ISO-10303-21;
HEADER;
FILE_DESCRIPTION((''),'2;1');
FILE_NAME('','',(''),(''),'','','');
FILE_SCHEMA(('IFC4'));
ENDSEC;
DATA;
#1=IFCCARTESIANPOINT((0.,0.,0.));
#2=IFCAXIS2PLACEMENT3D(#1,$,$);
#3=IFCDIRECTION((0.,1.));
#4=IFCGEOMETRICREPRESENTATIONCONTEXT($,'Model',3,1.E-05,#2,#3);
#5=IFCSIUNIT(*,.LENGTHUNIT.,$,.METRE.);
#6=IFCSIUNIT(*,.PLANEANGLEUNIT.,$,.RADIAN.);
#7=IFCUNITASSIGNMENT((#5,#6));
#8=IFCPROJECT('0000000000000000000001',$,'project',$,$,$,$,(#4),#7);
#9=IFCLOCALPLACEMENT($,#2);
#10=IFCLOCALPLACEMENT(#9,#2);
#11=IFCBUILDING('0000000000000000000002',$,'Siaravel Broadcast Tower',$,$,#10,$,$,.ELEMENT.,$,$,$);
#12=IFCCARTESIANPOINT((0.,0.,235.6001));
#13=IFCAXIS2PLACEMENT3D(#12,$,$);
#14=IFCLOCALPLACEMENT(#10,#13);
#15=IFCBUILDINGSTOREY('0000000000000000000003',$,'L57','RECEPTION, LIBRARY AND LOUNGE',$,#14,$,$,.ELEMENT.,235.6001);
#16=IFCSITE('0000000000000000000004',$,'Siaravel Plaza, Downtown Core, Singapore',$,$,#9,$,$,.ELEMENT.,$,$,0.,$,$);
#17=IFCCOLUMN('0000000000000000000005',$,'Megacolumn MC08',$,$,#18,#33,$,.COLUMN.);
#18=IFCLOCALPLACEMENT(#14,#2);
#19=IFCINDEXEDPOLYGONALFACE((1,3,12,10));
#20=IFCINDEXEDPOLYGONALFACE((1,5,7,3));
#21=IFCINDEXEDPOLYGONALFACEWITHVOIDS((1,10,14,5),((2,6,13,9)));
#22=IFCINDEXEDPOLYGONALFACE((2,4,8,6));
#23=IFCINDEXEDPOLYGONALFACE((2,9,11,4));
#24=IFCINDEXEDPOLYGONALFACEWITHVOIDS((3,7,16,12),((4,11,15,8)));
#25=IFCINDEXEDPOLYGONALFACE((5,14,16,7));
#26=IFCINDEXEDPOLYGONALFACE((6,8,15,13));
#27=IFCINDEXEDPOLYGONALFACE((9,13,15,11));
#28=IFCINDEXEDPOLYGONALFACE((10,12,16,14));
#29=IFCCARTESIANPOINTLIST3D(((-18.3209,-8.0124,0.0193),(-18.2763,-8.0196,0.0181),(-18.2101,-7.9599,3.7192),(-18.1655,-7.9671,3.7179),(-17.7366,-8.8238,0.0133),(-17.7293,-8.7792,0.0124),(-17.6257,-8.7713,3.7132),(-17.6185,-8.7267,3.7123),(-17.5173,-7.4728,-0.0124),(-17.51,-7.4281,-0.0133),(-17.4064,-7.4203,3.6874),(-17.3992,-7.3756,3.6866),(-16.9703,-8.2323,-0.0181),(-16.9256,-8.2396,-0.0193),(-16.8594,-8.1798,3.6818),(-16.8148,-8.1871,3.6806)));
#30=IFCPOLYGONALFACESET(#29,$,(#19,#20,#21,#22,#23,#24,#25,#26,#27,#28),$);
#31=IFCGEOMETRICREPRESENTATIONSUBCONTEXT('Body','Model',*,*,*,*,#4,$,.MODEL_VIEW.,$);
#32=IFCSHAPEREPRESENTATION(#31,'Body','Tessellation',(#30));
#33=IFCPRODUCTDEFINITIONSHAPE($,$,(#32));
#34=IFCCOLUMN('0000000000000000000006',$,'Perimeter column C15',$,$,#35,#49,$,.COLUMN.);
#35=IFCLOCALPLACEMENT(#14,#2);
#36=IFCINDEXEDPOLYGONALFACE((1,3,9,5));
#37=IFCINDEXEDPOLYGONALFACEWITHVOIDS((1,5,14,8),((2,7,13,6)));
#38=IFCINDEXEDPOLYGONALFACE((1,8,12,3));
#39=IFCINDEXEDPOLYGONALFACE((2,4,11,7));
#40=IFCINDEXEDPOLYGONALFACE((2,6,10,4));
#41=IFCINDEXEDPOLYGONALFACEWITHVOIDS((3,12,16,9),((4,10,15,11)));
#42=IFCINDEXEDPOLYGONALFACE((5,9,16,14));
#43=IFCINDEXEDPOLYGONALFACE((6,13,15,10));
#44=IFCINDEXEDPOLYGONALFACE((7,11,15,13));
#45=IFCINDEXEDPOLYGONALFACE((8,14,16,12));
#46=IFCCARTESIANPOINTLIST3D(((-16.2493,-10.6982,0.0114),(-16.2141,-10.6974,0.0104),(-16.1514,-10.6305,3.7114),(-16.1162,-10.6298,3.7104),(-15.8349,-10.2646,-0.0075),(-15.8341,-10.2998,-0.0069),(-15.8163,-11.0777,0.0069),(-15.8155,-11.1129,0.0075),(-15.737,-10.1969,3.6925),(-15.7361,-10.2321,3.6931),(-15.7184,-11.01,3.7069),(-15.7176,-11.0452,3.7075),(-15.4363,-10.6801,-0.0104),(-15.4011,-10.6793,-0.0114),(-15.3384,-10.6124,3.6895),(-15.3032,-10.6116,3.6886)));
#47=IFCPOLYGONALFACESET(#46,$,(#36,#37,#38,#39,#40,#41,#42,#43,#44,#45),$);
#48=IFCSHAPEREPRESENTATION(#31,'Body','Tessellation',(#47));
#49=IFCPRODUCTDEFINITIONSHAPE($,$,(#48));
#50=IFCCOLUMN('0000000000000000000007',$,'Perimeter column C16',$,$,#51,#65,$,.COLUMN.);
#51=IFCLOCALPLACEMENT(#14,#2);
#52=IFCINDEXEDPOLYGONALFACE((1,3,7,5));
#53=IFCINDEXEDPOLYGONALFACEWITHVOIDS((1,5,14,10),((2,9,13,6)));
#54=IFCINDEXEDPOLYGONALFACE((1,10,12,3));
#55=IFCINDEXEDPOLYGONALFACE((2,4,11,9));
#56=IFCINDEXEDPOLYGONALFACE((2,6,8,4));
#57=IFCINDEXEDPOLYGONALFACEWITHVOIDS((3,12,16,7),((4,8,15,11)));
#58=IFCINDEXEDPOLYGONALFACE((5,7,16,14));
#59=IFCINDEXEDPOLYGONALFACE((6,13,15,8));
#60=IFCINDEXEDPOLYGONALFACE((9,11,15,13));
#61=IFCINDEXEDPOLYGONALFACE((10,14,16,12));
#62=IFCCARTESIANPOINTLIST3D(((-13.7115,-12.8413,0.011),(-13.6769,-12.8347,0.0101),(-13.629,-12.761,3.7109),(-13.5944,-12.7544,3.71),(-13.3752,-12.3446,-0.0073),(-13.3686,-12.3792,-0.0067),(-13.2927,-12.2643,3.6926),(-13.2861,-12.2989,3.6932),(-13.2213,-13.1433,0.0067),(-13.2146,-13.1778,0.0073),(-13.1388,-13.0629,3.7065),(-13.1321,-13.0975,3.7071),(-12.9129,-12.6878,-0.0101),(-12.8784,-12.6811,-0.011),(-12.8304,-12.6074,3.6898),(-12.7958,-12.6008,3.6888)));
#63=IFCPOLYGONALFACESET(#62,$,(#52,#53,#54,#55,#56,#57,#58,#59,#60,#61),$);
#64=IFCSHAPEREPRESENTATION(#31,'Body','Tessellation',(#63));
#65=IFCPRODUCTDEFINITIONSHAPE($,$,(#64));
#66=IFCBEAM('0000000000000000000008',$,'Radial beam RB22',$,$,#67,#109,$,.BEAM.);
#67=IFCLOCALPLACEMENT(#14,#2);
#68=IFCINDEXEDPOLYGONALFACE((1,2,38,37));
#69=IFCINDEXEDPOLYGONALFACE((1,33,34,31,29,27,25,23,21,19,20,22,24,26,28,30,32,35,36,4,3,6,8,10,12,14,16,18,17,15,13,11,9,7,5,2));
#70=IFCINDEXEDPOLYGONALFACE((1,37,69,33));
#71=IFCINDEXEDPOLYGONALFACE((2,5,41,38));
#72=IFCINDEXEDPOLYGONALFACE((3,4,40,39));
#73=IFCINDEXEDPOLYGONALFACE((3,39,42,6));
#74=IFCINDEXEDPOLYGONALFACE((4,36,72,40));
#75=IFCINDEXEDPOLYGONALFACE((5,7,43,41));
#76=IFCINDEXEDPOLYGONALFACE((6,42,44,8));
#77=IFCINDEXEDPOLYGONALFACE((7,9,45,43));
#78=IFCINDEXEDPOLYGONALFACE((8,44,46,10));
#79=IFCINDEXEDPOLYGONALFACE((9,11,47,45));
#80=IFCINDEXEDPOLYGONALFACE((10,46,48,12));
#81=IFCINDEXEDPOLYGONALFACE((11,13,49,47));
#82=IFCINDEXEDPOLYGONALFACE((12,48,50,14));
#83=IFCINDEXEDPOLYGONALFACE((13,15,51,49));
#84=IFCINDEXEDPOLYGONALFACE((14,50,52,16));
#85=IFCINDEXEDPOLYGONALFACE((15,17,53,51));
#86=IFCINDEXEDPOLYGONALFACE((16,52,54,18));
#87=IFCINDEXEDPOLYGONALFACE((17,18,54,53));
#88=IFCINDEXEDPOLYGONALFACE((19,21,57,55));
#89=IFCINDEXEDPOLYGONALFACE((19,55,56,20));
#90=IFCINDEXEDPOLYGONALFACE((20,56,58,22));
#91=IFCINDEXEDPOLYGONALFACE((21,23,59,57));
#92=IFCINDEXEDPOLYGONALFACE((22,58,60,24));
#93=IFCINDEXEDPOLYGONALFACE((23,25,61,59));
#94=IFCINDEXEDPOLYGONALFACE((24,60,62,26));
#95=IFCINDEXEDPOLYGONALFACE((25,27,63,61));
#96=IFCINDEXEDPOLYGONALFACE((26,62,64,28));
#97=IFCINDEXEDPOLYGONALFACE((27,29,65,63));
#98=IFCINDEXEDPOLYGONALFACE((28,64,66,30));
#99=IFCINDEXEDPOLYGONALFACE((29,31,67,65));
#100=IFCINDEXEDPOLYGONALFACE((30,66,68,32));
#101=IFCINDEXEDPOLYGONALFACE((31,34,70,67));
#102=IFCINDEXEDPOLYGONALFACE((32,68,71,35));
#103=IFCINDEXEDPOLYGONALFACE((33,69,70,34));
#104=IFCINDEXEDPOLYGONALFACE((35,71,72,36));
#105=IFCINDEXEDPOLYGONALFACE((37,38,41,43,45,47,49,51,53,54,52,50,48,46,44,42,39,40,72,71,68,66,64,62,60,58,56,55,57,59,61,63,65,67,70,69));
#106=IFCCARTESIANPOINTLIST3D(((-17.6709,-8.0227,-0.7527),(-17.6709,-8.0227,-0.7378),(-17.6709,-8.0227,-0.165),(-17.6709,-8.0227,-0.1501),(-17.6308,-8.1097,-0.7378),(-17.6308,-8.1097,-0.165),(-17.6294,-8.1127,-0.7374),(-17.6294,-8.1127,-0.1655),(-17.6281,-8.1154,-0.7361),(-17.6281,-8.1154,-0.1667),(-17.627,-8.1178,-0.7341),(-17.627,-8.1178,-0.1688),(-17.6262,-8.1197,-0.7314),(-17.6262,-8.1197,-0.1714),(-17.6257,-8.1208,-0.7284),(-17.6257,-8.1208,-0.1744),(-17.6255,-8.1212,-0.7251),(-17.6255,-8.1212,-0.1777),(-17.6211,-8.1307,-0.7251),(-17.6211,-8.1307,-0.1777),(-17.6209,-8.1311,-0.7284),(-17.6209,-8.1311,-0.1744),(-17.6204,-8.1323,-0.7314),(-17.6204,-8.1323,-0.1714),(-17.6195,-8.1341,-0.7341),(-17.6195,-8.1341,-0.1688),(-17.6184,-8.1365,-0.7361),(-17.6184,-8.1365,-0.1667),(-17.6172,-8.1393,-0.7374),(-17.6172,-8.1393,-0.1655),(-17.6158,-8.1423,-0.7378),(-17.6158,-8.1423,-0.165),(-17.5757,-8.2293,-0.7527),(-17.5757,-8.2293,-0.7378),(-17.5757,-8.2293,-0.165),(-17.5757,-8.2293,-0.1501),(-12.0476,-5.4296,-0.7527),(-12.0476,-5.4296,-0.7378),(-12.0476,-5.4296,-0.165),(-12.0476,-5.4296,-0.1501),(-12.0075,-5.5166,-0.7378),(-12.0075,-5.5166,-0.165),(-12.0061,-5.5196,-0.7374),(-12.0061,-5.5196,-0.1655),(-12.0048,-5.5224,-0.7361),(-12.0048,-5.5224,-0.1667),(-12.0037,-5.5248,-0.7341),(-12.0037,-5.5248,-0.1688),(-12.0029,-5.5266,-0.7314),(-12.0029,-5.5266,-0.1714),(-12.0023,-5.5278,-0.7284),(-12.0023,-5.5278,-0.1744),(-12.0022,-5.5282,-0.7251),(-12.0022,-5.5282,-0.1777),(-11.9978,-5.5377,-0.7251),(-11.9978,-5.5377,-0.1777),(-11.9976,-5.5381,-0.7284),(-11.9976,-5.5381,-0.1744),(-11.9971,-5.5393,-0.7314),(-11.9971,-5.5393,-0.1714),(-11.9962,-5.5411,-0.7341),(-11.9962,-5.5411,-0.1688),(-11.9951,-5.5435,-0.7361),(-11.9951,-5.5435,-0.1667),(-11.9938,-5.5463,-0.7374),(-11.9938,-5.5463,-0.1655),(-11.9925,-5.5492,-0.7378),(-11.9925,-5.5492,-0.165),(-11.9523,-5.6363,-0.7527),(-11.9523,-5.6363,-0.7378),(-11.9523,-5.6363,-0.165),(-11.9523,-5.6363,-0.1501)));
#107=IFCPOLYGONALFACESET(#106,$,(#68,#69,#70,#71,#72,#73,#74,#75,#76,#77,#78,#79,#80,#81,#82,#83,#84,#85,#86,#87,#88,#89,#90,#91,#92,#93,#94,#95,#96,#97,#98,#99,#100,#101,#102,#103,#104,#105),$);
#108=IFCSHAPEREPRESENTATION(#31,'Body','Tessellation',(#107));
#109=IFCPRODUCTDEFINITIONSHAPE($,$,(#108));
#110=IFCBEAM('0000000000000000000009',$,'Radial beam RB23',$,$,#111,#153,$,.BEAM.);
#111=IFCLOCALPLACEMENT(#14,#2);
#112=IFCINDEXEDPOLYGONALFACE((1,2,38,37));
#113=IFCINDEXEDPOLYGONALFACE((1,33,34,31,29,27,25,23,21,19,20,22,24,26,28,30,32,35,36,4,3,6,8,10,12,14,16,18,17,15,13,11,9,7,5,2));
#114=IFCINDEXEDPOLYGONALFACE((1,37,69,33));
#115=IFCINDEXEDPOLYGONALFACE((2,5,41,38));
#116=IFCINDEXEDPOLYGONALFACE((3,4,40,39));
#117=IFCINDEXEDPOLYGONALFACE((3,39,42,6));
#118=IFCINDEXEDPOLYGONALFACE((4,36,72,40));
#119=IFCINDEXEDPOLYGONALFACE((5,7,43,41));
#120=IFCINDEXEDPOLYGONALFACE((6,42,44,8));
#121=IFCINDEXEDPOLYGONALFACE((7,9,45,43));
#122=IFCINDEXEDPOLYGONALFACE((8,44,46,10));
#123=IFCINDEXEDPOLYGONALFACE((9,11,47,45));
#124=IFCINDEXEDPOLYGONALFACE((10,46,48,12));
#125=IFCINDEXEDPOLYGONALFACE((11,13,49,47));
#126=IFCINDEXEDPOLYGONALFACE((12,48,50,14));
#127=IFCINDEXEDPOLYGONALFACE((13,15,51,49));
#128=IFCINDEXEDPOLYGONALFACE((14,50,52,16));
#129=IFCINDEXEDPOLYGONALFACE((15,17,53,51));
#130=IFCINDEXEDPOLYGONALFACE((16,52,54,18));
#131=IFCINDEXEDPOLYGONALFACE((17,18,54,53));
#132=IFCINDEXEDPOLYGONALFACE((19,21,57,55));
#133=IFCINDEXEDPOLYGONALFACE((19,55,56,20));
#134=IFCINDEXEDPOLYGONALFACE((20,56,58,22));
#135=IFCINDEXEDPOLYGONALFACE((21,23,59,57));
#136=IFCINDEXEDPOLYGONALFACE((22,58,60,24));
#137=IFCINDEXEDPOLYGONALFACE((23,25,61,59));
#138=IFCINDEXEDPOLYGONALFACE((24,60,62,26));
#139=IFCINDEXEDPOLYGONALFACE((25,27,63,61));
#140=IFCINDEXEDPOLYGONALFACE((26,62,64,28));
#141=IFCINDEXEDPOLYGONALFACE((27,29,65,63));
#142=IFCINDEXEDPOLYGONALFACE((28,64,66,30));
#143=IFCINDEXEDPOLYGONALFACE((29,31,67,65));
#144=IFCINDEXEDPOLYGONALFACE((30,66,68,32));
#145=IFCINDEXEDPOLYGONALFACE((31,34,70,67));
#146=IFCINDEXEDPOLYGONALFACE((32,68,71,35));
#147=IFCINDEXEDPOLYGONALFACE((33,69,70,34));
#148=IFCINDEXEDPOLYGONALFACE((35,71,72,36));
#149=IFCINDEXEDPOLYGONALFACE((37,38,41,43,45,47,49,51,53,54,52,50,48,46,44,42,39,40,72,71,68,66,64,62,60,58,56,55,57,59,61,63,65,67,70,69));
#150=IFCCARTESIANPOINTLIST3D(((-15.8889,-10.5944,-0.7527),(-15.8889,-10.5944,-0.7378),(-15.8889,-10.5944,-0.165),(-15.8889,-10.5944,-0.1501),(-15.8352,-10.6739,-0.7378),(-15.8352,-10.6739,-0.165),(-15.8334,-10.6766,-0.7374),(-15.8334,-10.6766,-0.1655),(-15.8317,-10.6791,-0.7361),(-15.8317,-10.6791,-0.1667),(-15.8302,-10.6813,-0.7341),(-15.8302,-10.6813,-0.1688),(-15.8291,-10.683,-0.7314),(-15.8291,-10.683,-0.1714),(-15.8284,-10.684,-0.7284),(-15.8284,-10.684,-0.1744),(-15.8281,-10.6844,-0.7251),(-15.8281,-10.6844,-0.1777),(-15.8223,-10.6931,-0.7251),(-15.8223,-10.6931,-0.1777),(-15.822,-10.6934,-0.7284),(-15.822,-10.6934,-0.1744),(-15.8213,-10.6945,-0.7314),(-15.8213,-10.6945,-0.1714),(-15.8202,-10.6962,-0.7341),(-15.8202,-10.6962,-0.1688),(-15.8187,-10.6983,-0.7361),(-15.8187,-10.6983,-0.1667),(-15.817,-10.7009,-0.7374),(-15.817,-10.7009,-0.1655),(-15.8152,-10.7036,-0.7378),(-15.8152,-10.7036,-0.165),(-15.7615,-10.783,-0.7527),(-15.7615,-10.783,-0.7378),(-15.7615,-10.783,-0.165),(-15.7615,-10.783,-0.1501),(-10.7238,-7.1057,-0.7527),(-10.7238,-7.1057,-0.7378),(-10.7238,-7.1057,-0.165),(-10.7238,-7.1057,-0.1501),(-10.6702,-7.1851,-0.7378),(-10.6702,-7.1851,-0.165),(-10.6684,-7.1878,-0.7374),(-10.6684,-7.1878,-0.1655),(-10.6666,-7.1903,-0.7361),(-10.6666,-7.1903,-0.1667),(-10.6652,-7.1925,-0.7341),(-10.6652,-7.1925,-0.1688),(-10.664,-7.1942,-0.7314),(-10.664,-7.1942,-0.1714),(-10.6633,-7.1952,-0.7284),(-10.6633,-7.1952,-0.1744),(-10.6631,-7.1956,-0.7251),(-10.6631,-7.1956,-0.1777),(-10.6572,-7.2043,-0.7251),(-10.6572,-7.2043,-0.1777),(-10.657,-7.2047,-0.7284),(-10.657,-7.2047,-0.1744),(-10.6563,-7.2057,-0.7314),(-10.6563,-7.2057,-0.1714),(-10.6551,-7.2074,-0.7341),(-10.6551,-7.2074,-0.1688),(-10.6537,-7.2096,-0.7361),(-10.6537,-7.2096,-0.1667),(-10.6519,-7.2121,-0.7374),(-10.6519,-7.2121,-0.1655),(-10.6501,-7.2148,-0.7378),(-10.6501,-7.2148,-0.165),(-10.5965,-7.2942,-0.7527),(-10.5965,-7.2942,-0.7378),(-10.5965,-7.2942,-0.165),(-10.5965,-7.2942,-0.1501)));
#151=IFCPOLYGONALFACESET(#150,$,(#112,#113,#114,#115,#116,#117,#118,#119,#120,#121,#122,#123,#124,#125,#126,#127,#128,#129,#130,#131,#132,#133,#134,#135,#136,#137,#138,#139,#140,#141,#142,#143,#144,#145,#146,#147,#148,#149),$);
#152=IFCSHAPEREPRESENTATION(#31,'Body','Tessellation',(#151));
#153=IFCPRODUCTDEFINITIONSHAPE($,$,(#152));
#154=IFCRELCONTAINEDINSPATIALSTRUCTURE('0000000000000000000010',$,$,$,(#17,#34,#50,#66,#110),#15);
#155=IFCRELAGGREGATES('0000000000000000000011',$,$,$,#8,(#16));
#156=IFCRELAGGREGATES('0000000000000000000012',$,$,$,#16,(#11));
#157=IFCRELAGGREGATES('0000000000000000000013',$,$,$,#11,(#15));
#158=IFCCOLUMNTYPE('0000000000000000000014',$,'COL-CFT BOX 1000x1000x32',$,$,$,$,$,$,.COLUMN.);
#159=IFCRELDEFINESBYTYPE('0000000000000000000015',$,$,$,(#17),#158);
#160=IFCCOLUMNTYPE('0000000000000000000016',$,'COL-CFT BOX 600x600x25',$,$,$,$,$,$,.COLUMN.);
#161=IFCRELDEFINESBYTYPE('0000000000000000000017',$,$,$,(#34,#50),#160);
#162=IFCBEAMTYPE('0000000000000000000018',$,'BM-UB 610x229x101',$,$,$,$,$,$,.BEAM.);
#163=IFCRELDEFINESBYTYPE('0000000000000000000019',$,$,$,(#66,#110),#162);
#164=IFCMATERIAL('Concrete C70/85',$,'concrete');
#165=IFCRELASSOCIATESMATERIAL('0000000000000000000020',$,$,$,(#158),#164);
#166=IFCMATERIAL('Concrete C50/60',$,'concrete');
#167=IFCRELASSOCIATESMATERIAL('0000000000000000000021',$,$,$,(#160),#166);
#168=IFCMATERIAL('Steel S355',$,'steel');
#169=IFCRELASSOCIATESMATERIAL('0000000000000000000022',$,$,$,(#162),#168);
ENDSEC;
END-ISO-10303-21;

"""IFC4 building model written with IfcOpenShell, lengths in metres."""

from ifc_helpers import new_model, si_unit, direction, frame, origin, origin_2d, place, context, subcontext, project, spatial, hollow_rectangle, i_section, extrude, material, material_profile, profile_set, type_object, element, save


model = new_model("IFC4")

# Units and contexts
model_context = context("Model", 3, precision=1e-05, world=origin(), true_north=direction((0.0, 1.0)))
body_context = subcontext(model_context, "Body", "Model", "MODEL_VIEW")
ifc_project = project(units=[si_unit("LENGTHUNIT", "METRE"), si_unit("PLANEANGLEUNIT", "RADIAN")], contexts=[model_context])

# Site, building, storey
site_placement = place(None, origin())
site = spatial("IfcSite", under=ifc_project, at=site_placement, Name="Siaravel Plaza, Downtown Core, Singapore", CompositionType="ELEMENT", RefElevation=0.0)
building_placement = place(site_placement, origin())
building = spatial("IfcBuilding", under=site, at=building_placement, Name="Siaravel Broadcast Tower", CompositionType="ELEMENT")
storey_placement = place(building_placement, frame((0.0, 0.0, 235.6001)))
storey = spatial("IfcBuildingStorey", under=building, at=storey_placement, Name="L57", Description="RECEPTION, LIBRARY AND LOUNGE", CompositionType="ELEMENT", Elevation=235.6001)

# Columns
ifc_material_1 = material(Name="Concrete C70/85", Category="concrete")
ifc_material_profile_1 = material_profile(ifc_material_1, hollow_rectangle(XDim=1.0, YDim=1.0, WallThickness=0.032, at=origin_2d()))
ifc_profile_set_1 = profile_set([ifc_material_profile_1], Name="Concrete C70/85")
column_type_1 = type_object("IfcColumnType", Name="COL-CFT BOX 1000x1000x32", PredefinedType="COLUMN", material=ifc_profile_set_1)
column_1_placement = place(storey_placement, frame((-17.6233, -8.126, 0.0), z_axis=(0.029941, 0.014179, 0.999451), x_axis=(-0.584369, 0.811466, 0.005994)))
element("IfcColumn", 1, at=column_1_placement, inside=storey, type_object=column_type_1, Name="Megacolumn MC08", PredefinedType="COLUMN", context=body_context, shape_type="SweptSolid", body=[
    extrude(hollow_rectangle(XDim=1.0, YDim=1.0, WallThickness=0.032, at=origin_2d()), origin(), (0.0, 0.0, 1.0), 3.7019),
])
ifc_material_2 = material(Name="Concrete C50/60", Category="concrete")
ifc_material_profile_2 = material_profile(ifc_material_2, hollow_rectangle(XDim=0.6001, YDim=0.6001, WallThickness=0.0249, at=origin_2d()))
ifc_profile_set_2 = profile_set([ifc_material_profile_2], Name="Concrete C50/60")
column_type_2 = type_object("IfcColumnType", Name="COL-CFT BOX 600x600x25", PredefinedType="COLUMN", material=ifc_profile_set_2)
column_2_placement = place(storey_placement, frame((-15.8252, -10.6887, 0.0), z_axis=(0.026446, 0.018268, 0.999483), x_axis=(-0.722769, 0.691059, 0.006493)))
element("IfcColumn", 2, at=column_2_placement, inside=storey, type_object=column_type_2, Name="Perimeter column C15", PredefinedType="COLUMN", context=body_context, shape_type="SweptSolid", body=[
    extrude(hollow_rectangle(XDim=0.6001, YDim=0.6001, WallThickness=0.0249, at=origin_2d()), origin(), (0.0, 0.0, 1.0), 3.7019),
])
column_3_placement = place(storey_placement, frame((-13.2949, -12.7612, 0.0), z_axis=(0.022292, 0.021698, 0.999516), x_axis=(-0.82798, 0.560723, 0.006294)))
element("IfcColumn", 3, at=column_3_placement, inside=storey, type_object=column_type_2, Name="Perimeter column C16", PredefinedType="COLUMN", context=body_context, shape_type="SweptSolid", body=[
    extrude(hollow_rectangle(XDim=0.6001, YDim=0.6001, WallThickness=0.0249, at=origin_2d()), origin(), (0.0, 0.0, 1.0), 3.7017),
])

# Beams
ifc_material_3 = material(Name="Steel S355", Category="steel")
ifc_material_profile_3 = material_profile(ifc_material_3, i_section(OverallWidth=0.2275, OverallDepth=0.6025, WebThickness=0.0105, FlangeThickness=0.0149, FilletRadius=0.0127, at=origin_2d()))
ifc_profile_set_3 = profile_set([ifc_material_profile_3], Name="Steel S355")
beam_type = type_object("IfcBeamType", Name="BM-UB 610x229x101", PredefinedType="BEAM", material=ifc_profile_set_3)
beam_1_placement = place(storey_placement, frame((-17.6233, -8.126, -0.4514), z_axis=(0.908104, 0.418746, 0.0), x_axis=(-0.418746, 0.908104, 0.0)))
element("IfcBeam", 4, at=beam_1_placement, inside=storey, type_object=beam_type, Name="Radial beam RB22", PredefinedType="BEAM", context=body_context, shape_type="SweptSolid", body=[
    extrude(i_section(OverallWidth=0.2275, OverallDepth=0.6025, WebThickness=0.0105, FlangeThickness=0.0149, FilletRadius=0.0127, at=origin_2d()), origin(), (0.0, 0.0, 1.0), 6.1924),
])
beam_2_placement = place(storey_placement, frame((-15.8252, -10.6887, -0.4514), z_axis=(0.828672, 0.559734, 0.0), x_axis=(-0.559734, 0.828672, 0.0)))
element("IfcBeam", 5, at=beam_2_placement, inside=storey, type_object=beam_type, Name="Radial beam RB23", PredefinedType="BEAM", context=body_context, shape_type="SweptSolid", body=[
    extrude(i_section(OverallWidth=0.2275, OverallDepth=0.6025, WebThickness=0.0105, FlangeThickness=0.0149, FilletRadius=0.0127, at=origin_2d()), origin(), (0.0, 0.0, 1.0), 6.2329),
])

save(model, "model.ifc")
